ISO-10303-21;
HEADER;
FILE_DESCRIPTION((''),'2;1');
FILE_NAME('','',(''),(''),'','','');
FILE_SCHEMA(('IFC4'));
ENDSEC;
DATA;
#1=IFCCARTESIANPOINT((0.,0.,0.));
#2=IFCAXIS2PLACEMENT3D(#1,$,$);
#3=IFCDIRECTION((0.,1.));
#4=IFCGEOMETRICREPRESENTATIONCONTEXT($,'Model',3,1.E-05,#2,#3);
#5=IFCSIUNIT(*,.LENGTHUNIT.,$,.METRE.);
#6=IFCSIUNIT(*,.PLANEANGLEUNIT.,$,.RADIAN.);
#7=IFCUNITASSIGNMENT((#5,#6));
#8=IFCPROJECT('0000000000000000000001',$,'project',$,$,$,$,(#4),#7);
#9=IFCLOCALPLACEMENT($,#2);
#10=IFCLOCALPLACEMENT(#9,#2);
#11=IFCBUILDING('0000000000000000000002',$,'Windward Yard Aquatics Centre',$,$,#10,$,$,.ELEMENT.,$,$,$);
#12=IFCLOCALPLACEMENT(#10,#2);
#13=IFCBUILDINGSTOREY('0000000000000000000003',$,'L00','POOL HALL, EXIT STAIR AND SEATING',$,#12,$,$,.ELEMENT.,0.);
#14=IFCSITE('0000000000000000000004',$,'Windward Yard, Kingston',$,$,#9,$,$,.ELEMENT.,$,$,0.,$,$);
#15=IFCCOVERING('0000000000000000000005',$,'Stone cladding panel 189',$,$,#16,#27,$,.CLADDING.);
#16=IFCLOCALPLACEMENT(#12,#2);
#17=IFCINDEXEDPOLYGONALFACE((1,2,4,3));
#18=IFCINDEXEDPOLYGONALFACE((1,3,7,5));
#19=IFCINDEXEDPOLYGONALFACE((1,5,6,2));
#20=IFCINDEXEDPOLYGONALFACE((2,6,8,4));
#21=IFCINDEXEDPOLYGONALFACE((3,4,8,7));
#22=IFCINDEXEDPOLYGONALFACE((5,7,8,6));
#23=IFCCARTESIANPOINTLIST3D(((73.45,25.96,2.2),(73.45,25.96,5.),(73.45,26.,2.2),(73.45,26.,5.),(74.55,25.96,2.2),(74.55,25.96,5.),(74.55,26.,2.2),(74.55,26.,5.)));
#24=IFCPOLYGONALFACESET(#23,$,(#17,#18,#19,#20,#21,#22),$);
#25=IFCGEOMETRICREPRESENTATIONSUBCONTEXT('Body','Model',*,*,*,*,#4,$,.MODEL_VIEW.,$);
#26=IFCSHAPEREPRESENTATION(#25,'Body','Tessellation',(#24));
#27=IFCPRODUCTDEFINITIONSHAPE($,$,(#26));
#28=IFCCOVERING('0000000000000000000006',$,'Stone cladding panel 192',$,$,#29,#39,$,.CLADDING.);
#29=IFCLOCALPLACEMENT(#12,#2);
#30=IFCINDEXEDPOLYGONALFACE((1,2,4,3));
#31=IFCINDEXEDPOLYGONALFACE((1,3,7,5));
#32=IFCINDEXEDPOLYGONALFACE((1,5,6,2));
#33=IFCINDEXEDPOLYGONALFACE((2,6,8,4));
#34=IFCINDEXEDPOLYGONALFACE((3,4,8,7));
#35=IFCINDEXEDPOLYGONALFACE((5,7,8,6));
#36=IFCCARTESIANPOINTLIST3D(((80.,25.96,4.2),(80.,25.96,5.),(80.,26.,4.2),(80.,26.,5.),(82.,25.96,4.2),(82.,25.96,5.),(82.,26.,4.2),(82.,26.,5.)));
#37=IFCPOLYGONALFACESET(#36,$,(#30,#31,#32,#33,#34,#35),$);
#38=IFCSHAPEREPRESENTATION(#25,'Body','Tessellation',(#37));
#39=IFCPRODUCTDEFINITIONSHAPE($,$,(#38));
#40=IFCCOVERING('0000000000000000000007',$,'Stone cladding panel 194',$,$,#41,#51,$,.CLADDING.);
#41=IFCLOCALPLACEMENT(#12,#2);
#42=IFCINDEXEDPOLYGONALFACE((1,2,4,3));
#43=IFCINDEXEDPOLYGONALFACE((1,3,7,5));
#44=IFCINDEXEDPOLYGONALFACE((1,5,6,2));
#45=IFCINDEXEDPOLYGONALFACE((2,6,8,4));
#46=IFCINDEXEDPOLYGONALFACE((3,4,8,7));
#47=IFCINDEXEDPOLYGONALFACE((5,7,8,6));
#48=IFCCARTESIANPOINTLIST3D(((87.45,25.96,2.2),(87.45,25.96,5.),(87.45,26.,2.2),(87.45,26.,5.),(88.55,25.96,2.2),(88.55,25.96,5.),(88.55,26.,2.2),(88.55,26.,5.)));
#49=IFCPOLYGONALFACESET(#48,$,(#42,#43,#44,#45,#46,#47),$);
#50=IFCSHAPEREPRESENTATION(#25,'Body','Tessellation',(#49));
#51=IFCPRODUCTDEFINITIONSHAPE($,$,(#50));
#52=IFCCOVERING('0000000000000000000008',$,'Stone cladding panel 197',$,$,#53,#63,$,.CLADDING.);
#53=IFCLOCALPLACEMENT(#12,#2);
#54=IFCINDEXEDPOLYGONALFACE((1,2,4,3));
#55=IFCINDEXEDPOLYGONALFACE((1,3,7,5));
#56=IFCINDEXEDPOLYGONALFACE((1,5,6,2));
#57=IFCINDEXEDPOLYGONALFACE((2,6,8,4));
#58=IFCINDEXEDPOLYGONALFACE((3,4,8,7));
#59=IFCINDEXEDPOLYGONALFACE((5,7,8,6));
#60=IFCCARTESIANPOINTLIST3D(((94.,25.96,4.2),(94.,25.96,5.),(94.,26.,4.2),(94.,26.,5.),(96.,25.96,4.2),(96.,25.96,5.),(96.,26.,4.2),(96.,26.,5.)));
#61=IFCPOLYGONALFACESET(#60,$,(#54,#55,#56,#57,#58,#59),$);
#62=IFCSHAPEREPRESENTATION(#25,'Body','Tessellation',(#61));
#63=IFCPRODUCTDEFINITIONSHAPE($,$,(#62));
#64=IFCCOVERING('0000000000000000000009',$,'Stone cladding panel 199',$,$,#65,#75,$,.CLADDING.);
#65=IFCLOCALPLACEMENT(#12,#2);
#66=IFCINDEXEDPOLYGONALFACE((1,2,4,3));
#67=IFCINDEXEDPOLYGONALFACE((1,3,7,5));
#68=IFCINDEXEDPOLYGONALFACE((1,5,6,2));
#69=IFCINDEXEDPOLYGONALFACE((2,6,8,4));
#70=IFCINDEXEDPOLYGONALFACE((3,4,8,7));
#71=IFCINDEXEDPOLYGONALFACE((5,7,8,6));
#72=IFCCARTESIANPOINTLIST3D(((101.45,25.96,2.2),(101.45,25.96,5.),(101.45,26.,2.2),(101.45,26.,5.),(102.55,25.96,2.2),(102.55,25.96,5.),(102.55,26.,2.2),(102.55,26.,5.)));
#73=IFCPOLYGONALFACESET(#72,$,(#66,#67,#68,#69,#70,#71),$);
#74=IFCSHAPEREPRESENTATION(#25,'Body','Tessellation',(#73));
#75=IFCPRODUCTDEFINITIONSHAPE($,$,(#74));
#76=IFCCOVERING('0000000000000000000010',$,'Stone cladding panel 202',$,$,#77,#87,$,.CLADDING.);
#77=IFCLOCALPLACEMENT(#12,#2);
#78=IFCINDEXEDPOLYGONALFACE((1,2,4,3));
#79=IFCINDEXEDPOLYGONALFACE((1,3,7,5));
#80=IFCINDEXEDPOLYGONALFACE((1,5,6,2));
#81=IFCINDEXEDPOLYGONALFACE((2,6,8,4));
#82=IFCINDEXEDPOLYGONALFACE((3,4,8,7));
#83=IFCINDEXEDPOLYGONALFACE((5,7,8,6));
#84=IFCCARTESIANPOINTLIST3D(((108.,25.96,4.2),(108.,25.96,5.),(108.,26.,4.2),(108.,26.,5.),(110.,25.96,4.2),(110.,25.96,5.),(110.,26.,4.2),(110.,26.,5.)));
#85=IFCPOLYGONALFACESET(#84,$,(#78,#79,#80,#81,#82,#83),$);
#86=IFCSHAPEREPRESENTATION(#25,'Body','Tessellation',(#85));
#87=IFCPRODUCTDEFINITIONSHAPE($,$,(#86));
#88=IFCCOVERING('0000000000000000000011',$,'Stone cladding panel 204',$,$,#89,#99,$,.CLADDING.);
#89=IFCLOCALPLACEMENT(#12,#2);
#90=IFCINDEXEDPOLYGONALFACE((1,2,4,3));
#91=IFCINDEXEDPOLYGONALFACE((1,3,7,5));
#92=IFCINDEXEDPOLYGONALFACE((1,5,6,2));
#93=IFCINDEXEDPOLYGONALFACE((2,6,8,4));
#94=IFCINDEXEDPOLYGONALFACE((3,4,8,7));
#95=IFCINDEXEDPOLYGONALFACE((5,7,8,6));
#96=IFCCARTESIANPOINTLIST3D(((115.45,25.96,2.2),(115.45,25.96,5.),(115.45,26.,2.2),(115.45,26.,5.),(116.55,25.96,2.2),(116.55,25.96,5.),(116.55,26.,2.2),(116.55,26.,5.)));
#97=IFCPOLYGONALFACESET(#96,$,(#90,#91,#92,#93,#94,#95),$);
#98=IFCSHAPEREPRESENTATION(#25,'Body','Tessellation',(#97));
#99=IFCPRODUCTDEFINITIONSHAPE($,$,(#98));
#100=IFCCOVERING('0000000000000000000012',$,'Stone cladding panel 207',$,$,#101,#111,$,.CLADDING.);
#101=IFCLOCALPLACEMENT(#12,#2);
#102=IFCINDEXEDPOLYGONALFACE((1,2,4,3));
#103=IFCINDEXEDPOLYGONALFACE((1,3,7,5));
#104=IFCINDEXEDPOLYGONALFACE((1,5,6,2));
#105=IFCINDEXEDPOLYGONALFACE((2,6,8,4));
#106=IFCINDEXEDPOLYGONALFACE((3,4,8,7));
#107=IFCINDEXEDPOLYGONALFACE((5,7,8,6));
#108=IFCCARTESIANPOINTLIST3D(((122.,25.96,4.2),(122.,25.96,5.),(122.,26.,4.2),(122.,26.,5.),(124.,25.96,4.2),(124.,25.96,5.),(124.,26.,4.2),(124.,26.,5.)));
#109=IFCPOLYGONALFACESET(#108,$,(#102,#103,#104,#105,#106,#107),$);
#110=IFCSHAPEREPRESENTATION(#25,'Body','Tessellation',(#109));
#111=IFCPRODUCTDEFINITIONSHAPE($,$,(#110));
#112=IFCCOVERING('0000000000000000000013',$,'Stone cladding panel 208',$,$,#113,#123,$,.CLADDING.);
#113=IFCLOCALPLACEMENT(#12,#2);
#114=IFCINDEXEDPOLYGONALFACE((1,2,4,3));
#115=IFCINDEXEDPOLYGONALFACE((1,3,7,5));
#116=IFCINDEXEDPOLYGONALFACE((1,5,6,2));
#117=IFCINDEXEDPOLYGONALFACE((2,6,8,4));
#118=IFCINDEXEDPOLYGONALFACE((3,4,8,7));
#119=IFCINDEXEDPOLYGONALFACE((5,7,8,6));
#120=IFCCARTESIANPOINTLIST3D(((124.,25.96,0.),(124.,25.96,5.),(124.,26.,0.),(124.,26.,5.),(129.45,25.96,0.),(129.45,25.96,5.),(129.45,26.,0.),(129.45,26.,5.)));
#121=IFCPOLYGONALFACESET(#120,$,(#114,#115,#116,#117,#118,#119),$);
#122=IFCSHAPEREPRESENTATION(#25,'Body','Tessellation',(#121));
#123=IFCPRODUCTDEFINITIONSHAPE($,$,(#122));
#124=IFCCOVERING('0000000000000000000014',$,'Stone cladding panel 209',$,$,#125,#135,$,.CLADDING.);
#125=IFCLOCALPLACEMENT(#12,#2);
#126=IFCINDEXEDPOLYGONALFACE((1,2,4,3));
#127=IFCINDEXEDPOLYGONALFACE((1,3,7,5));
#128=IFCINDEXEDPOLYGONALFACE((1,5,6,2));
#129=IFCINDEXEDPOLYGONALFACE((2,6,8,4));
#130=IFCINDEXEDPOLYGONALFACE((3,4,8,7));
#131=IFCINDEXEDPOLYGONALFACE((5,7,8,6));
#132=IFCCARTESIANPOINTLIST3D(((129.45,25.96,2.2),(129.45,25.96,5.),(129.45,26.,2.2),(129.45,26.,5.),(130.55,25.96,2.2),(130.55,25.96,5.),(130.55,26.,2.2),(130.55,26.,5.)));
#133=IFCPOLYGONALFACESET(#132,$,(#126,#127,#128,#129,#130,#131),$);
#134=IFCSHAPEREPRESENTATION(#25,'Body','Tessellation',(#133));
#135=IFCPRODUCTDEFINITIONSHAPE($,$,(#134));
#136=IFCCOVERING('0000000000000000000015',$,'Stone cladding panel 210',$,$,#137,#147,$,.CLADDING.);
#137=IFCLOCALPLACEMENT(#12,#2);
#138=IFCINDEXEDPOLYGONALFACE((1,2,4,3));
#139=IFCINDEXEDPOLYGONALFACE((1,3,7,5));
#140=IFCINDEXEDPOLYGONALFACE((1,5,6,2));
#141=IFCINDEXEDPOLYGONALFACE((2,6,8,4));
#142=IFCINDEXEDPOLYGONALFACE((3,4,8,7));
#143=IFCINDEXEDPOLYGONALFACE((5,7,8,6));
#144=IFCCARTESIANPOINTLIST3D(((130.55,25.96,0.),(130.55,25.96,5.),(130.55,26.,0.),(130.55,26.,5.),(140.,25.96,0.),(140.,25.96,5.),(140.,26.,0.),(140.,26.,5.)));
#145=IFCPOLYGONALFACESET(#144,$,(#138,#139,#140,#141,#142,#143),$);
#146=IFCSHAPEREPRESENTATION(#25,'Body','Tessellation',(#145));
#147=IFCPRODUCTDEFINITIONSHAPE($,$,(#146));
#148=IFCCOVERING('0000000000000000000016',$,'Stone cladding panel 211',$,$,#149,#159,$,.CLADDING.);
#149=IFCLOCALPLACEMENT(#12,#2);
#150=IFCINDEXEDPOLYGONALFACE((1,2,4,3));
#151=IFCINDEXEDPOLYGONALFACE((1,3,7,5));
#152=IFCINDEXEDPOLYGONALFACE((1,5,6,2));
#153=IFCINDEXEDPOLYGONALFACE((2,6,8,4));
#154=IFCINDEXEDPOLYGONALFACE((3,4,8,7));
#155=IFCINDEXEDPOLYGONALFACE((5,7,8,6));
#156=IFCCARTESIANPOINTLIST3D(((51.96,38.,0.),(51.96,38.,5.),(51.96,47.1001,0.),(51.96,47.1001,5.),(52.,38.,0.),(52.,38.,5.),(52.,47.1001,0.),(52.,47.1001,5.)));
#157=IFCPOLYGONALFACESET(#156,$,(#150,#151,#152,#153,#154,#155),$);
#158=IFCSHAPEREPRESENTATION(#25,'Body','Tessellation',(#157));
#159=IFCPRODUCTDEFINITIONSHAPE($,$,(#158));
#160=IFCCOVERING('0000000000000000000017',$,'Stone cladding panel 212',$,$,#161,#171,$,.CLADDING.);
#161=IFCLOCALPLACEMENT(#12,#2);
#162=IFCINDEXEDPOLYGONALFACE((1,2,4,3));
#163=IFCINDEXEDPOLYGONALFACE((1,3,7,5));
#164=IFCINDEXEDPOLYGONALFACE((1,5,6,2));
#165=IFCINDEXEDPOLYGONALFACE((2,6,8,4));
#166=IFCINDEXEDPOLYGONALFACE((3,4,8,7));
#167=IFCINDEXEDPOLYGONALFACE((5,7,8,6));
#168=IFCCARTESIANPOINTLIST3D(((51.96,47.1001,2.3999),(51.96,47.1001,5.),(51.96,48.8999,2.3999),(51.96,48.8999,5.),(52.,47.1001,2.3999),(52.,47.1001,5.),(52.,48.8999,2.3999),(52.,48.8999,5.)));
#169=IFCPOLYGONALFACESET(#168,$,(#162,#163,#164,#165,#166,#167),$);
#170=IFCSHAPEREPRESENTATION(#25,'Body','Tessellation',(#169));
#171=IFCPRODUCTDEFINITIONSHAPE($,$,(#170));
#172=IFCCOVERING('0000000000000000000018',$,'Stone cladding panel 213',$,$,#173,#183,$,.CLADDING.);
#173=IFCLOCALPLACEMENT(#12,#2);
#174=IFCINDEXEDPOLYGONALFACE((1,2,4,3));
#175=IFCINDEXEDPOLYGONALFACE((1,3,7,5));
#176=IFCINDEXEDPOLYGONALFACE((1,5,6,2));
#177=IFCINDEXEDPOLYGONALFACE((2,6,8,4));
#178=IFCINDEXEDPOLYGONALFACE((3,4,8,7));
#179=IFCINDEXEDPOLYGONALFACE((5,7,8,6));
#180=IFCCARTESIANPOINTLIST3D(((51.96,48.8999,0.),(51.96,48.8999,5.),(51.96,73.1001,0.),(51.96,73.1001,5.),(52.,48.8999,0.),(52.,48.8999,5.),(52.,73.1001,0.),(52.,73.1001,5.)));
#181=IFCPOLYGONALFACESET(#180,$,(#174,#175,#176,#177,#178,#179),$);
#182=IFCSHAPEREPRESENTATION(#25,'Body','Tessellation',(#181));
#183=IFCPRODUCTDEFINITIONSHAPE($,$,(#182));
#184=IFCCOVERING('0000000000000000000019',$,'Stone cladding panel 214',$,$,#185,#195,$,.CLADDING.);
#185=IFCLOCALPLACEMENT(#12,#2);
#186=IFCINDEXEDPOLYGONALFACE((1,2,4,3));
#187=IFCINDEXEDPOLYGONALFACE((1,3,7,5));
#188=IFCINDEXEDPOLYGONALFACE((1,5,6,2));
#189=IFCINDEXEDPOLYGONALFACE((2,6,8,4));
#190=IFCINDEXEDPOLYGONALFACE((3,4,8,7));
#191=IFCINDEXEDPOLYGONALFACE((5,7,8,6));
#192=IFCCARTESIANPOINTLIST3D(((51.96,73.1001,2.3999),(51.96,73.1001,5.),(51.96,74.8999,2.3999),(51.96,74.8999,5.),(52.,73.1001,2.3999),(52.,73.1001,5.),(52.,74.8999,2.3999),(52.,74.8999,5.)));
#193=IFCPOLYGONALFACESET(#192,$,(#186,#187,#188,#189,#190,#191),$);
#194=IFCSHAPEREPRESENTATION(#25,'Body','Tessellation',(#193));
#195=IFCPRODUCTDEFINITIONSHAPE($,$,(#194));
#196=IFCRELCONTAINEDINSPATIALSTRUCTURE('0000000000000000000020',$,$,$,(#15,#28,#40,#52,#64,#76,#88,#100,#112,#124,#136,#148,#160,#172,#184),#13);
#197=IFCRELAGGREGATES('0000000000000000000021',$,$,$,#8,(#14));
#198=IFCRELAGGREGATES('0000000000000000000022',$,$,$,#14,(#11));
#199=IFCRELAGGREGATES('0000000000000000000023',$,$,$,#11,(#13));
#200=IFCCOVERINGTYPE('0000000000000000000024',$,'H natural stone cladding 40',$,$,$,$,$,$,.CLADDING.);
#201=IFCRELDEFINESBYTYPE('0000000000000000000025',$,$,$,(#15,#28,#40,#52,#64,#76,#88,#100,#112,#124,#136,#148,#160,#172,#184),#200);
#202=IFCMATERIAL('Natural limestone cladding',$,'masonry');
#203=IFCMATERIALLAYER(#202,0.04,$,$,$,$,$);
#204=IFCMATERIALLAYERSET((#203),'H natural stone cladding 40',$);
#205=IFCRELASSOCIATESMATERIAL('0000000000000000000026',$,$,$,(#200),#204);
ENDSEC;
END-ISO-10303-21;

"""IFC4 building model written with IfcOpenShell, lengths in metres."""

from ifc_helpers import new_model, si_unit, direction, frame, origin, place, context, subcontext, project, spatial, polyline, outline, extrude, material, layer, layer_set, type_object, element, save


model = new_model("IFC4")

# Units and contexts
model_context = context("Model", 3, precision=1e-05, world=origin(), true_north=direction((0.0, 1.0)))
body_context = subcontext(model_context, "Body", "Model", "MODEL_VIEW")
ifc_project = project(units=[si_unit("LENGTHUNIT", "METRE"), si_unit("PLANEANGLEUNIT", "RADIAN")], contexts=[model_context])

# Site, building, storey
site_placement = place(None, origin())
site = spatial("IfcSite", under=ifc_project, at=site_placement, Name="Windward Yard, Kingston", CompositionType="ELEMENT", RefElevation=0.0)
building_placement = place(site_placement, origin())
building = spatial("IfcBuilding", under=site, at=building_placement, Name="Windward Yard Aquatics Centre", CompositionType="ELEMENT")
storey_placement = place(building_placement, origin())
storey = spatial("IfcBuildingStorey", under=building, at=storey_placement, Name="L00", Description="POOL HALL, EXIT STAIR AND SEATING", CompositionType="ELEMENT", Elevation=0.0)

# Coverings
ifc_material_1 = material(Name="Natural limestone cladding", Category="masonry")
ifc_layer_1 = layer(ifc_material_1, 0.04)
ifc_layer_set_1 = layer_set([ifc_layer_1], Name="H natural stone cladding 40")
covering_type = type_object("IfcCoveringType", Name="H natural stone cladding 40", PredefinedType="CLADDING", material=ifc_layer_set_1)
covering_1_placement = place(storey_placement, frame((0.0, 0.0, 2.2)))
element("IfcCovering", 1, at=covering_1_placement, inside=storey, type_object=covering_type, Name="Stone cladding panel 189", PredefinedType="CLADDING", context=body_context, shape_type="SweptSolid", body=[
    extrude(outline(polyline([(73.45, 25.96), (73.45, 26.0), (74.55, 26.0), (74.55, 25.96), (73.45, 25.96)])), origin(), (0.0, 0.0, 1.0), 2.8),
])
covering_2_placement = place(storey_placement, frame((0.0, 0.0, 4.2)))
element("IfcCovering", 2, at=covering_2_placement, inside=storey, type_object=covering_type, Name="Stone cladding panel 192", PredefinedType="CLADDING", context=body_context, shape_type="SweptSolid", body=[
    extrude(outline(polyline([(80.0, 25.96), (80.0, 26.0), (82.0, 26.0), (82.0, 25.96), (80.0, 25.96)])), origin(), (0.0, 0.0, 1.0), 0.8),
])
covering_3_placement = place(storey_placement, frame((0.0, 0.0, 2.2)))
element("IfcCovering", 3, at=covering_3_placement, inside=storey, type_object=covering_type, Name="Stone cladding panel 194", PredefinedType="CLADDING", context=body_context, shape_type="SweptSolid", body=[
    extrude(outline(polyline([(87.45, 25.96), (87.45, 26.0), (88.55, 26.0), (88.55, 25.96), (87.45, 25.96)])), origin(), (0.0, 0.0, 1.0), 2.8),
])
covering_4_placement = place(storey_placement, frame((0.0, 0.0, 4.2)))
element("IfcCovering", 4, at=covering_4_placement, inside=storey, type_object=covering_type, Name="Stone cladding panel 197", PredefinedType="CLADDING", context=body_context, shape_type="SweptSolid", body=[
    extrude(outline(polyline([(94.0, 25.96), (94.0, 26.0), (96.0, 26.0), (96.0, 25.96), (94.0, 25.96)])), origin(), (0.0, 0.0, 1.0), 0.8),
])
covering_5_placement = place(storey_placement, frame((0.0, 0.0, 2.2)))
element("IfcCovering", 5, at=covering_5_placement, inside=storey, type_object=covering_type, Name="Stone cladding panel 199", PredefinedType="CLADDING", context=body_context, shape_type="SweptSolid", body=[
    extrude(outline(polyline([(101.45, 25.96), (101.45, 26.0), (102.55, 26.0), (102.55, 25.96), (101.45, 25.96)])), origin(), (0.0, 0.0, 1.0), 2.8),
])
covering_6_placement = place(storey_placement, frame((0.0, 0.0, 4.2)))
element("IfcCovering", 6, at=covering_6_placement, inside=storey, type_object=covering_type, Name="Stone cladding panel 202", PredefinedType="CLADDING", context=body_context, shape_type="SweptSolid", body=[
    extrude(outline(polyline([(108.0, 25.96), (108.0, 26.0), (110.0, 26.0), (110.0, 25.96), (108.0, 25.96)])), origin(), (0.0, 0.0, 1.0), 0.8),
])
covering_7_placement = place(storey_placement, frame((0.0, 0.0, 2.2)))
element("IfcCovering", 7, at=covering_7_placement, inside=storey, type_object=covering_type, Name="Stone cladding panel 204", PredefinedType="CLADDING", context=body_context, shape_type="SweptSolid", body=[
    extrude(outline(polyline([(115.45, 25.96), (115.45, 26.0), (116.55, 26.0), (116.55, 25.96), (115.45, 25.96)])), origin(), (0.0, 0.0, 1.0), 2.8),
])
covering_8_placement = place(storey_placement, frame((0.0, 0.0, 4.2)))
element("IfcCovering", 8, at=covering_8_placement, inside=storey, type_object=covering_type, Name="Stone cladding panel 207", PredefinedType="CLADDING", context=body_context, shape_type="SweptSolid", body=[
    extrude(outline(polyline([(122.0, 25.96), (122.0, 26.0), (124.0, 26.0), (124.0, 25.96), (122.0, 25.96)])), origin(), (0.0, 0.0, 1.0), 0.8),
])
covering_9_placement = place(storey_placement, origin())
element("IfcCovering", 9, at=covering_9_placement, inside=storey, type_object=covering_type, Name="Stone cladding panel 208", PredefinedType="CLADDING", context=body_context, shape_type="SweptSolid", body=[
    extrude(outline(polyline([(124.0, 25.96), (124.0, 26.0), (129.45, 26.0), (129.45, 25.96), (124.0, 25.96)])), origin(), (0.0, 0.0, 1.0), 5.0),
])
covering_10_placement = place(storey_placement, frame((0.0, 0.0, 2.2)))
element("IfcCovering", 10, at=covering_10_placement, inside=storey, type_object=covering_type, Name="Stone cladding panel 209", PredefinedType="CLADDING", context=body_context, shape_type="SweptSolid", body=[
    extrude(outline(polyline([(129.45, 25.96), (129.45, 26.0), (130.55, 26.0), (130.55, 25.96), (129.45, 25.96)])), origin(), (0.0, 0.0, 1.0), 2.8),
])
covering_11_placement = place(storey_placement, origin())
element("IfcCovering", 11, at=covering_11_placement, inside=storey, type_object=covering_type, Name="Stone cladding panel 210", PredefinedType="CLADDING", context=body_context, shape_type="SweptSolid", body=[
    extrude(outline(polyline([(130.55, 25.96), (130.55, 26.0), (140.0, 26.0), (140.0, 25.96), (130.55, 25.96)])), origin(), (0.0, 0.0, 1.0), 5.0),
])
covering_12_placement = place(storey_placement, origin())
element("IfcCovering", 12, at=covering_12_placement, inside=storey, type_object=covering_type, Name="Stone cladding panel 211", PredefinedType="CLADDING", context=body_context, shape_type="SweptSolid", body=[
    extrude(outline(polyline([(51.96, 38.0), (52.0, 38.0), (52.0, 47.1001), (51.96, 47.1001), (51.96, 38.0)])), origin(), (0.0, 0.0, 1.0), 5.0),
])
covering_13_placement = place(storey_placement, frame((0.0, 0.0, 2.3999)))
element("IfcCovering", 13, at=covering_13_placement, inside=storey, type_object=covering_type, Name="Stone cladding panel 212", PredefinedType="CLADDING", context=body_context, shape_type="SweptSolid", body=[
    extrude(outline(polyline([(51.96, 47.1001), (52.0, 47.1001), (52.0, 48.8999), (51.96, 48.8999), (51.96, 47.1001)])), origin(), (0.0, 0.0, 1.0), 2.6001),
])
covering_14_placement = place(storey_placement, origin())
element("IfcCovering", 14, at=covering_14_placement, inside=storey, type_object=covering_type, Name="Stone cladding panel 213", PredefinedType="CLADDING", context=body_context, shape_type="SweptSolid", body=[
    extrude(outline(polyline([(51.96, 48.8999), (52.0, 48.8999), (52.0, 73.1001), (51.96, 73.1001), (51.96, 48.8999)])), origin(), (0.0, 0.0, 1.0), 5.0),
])
covering_15_placement = place(storey_placement, frame((0.0, 0.0, 2.3999)))
element("IfcCovering", 15, at=covering_15_placement, inside=storey, type_object=covering_type, Name="Stone cladding panel 214", PredefinedType="CLADDING", context=body_context, shape_type="SweptSolid", body=[
    extrude(outline(polyline([(51.96, 73.1001), (52.0, 73.1001), (52.0, 74.8999), (51.96, 74.8999), (51.96, 73.1001)])), origin(), (0.0, 0.0, 1.0), 2.6001),
])

save(model, "model.ifc")
